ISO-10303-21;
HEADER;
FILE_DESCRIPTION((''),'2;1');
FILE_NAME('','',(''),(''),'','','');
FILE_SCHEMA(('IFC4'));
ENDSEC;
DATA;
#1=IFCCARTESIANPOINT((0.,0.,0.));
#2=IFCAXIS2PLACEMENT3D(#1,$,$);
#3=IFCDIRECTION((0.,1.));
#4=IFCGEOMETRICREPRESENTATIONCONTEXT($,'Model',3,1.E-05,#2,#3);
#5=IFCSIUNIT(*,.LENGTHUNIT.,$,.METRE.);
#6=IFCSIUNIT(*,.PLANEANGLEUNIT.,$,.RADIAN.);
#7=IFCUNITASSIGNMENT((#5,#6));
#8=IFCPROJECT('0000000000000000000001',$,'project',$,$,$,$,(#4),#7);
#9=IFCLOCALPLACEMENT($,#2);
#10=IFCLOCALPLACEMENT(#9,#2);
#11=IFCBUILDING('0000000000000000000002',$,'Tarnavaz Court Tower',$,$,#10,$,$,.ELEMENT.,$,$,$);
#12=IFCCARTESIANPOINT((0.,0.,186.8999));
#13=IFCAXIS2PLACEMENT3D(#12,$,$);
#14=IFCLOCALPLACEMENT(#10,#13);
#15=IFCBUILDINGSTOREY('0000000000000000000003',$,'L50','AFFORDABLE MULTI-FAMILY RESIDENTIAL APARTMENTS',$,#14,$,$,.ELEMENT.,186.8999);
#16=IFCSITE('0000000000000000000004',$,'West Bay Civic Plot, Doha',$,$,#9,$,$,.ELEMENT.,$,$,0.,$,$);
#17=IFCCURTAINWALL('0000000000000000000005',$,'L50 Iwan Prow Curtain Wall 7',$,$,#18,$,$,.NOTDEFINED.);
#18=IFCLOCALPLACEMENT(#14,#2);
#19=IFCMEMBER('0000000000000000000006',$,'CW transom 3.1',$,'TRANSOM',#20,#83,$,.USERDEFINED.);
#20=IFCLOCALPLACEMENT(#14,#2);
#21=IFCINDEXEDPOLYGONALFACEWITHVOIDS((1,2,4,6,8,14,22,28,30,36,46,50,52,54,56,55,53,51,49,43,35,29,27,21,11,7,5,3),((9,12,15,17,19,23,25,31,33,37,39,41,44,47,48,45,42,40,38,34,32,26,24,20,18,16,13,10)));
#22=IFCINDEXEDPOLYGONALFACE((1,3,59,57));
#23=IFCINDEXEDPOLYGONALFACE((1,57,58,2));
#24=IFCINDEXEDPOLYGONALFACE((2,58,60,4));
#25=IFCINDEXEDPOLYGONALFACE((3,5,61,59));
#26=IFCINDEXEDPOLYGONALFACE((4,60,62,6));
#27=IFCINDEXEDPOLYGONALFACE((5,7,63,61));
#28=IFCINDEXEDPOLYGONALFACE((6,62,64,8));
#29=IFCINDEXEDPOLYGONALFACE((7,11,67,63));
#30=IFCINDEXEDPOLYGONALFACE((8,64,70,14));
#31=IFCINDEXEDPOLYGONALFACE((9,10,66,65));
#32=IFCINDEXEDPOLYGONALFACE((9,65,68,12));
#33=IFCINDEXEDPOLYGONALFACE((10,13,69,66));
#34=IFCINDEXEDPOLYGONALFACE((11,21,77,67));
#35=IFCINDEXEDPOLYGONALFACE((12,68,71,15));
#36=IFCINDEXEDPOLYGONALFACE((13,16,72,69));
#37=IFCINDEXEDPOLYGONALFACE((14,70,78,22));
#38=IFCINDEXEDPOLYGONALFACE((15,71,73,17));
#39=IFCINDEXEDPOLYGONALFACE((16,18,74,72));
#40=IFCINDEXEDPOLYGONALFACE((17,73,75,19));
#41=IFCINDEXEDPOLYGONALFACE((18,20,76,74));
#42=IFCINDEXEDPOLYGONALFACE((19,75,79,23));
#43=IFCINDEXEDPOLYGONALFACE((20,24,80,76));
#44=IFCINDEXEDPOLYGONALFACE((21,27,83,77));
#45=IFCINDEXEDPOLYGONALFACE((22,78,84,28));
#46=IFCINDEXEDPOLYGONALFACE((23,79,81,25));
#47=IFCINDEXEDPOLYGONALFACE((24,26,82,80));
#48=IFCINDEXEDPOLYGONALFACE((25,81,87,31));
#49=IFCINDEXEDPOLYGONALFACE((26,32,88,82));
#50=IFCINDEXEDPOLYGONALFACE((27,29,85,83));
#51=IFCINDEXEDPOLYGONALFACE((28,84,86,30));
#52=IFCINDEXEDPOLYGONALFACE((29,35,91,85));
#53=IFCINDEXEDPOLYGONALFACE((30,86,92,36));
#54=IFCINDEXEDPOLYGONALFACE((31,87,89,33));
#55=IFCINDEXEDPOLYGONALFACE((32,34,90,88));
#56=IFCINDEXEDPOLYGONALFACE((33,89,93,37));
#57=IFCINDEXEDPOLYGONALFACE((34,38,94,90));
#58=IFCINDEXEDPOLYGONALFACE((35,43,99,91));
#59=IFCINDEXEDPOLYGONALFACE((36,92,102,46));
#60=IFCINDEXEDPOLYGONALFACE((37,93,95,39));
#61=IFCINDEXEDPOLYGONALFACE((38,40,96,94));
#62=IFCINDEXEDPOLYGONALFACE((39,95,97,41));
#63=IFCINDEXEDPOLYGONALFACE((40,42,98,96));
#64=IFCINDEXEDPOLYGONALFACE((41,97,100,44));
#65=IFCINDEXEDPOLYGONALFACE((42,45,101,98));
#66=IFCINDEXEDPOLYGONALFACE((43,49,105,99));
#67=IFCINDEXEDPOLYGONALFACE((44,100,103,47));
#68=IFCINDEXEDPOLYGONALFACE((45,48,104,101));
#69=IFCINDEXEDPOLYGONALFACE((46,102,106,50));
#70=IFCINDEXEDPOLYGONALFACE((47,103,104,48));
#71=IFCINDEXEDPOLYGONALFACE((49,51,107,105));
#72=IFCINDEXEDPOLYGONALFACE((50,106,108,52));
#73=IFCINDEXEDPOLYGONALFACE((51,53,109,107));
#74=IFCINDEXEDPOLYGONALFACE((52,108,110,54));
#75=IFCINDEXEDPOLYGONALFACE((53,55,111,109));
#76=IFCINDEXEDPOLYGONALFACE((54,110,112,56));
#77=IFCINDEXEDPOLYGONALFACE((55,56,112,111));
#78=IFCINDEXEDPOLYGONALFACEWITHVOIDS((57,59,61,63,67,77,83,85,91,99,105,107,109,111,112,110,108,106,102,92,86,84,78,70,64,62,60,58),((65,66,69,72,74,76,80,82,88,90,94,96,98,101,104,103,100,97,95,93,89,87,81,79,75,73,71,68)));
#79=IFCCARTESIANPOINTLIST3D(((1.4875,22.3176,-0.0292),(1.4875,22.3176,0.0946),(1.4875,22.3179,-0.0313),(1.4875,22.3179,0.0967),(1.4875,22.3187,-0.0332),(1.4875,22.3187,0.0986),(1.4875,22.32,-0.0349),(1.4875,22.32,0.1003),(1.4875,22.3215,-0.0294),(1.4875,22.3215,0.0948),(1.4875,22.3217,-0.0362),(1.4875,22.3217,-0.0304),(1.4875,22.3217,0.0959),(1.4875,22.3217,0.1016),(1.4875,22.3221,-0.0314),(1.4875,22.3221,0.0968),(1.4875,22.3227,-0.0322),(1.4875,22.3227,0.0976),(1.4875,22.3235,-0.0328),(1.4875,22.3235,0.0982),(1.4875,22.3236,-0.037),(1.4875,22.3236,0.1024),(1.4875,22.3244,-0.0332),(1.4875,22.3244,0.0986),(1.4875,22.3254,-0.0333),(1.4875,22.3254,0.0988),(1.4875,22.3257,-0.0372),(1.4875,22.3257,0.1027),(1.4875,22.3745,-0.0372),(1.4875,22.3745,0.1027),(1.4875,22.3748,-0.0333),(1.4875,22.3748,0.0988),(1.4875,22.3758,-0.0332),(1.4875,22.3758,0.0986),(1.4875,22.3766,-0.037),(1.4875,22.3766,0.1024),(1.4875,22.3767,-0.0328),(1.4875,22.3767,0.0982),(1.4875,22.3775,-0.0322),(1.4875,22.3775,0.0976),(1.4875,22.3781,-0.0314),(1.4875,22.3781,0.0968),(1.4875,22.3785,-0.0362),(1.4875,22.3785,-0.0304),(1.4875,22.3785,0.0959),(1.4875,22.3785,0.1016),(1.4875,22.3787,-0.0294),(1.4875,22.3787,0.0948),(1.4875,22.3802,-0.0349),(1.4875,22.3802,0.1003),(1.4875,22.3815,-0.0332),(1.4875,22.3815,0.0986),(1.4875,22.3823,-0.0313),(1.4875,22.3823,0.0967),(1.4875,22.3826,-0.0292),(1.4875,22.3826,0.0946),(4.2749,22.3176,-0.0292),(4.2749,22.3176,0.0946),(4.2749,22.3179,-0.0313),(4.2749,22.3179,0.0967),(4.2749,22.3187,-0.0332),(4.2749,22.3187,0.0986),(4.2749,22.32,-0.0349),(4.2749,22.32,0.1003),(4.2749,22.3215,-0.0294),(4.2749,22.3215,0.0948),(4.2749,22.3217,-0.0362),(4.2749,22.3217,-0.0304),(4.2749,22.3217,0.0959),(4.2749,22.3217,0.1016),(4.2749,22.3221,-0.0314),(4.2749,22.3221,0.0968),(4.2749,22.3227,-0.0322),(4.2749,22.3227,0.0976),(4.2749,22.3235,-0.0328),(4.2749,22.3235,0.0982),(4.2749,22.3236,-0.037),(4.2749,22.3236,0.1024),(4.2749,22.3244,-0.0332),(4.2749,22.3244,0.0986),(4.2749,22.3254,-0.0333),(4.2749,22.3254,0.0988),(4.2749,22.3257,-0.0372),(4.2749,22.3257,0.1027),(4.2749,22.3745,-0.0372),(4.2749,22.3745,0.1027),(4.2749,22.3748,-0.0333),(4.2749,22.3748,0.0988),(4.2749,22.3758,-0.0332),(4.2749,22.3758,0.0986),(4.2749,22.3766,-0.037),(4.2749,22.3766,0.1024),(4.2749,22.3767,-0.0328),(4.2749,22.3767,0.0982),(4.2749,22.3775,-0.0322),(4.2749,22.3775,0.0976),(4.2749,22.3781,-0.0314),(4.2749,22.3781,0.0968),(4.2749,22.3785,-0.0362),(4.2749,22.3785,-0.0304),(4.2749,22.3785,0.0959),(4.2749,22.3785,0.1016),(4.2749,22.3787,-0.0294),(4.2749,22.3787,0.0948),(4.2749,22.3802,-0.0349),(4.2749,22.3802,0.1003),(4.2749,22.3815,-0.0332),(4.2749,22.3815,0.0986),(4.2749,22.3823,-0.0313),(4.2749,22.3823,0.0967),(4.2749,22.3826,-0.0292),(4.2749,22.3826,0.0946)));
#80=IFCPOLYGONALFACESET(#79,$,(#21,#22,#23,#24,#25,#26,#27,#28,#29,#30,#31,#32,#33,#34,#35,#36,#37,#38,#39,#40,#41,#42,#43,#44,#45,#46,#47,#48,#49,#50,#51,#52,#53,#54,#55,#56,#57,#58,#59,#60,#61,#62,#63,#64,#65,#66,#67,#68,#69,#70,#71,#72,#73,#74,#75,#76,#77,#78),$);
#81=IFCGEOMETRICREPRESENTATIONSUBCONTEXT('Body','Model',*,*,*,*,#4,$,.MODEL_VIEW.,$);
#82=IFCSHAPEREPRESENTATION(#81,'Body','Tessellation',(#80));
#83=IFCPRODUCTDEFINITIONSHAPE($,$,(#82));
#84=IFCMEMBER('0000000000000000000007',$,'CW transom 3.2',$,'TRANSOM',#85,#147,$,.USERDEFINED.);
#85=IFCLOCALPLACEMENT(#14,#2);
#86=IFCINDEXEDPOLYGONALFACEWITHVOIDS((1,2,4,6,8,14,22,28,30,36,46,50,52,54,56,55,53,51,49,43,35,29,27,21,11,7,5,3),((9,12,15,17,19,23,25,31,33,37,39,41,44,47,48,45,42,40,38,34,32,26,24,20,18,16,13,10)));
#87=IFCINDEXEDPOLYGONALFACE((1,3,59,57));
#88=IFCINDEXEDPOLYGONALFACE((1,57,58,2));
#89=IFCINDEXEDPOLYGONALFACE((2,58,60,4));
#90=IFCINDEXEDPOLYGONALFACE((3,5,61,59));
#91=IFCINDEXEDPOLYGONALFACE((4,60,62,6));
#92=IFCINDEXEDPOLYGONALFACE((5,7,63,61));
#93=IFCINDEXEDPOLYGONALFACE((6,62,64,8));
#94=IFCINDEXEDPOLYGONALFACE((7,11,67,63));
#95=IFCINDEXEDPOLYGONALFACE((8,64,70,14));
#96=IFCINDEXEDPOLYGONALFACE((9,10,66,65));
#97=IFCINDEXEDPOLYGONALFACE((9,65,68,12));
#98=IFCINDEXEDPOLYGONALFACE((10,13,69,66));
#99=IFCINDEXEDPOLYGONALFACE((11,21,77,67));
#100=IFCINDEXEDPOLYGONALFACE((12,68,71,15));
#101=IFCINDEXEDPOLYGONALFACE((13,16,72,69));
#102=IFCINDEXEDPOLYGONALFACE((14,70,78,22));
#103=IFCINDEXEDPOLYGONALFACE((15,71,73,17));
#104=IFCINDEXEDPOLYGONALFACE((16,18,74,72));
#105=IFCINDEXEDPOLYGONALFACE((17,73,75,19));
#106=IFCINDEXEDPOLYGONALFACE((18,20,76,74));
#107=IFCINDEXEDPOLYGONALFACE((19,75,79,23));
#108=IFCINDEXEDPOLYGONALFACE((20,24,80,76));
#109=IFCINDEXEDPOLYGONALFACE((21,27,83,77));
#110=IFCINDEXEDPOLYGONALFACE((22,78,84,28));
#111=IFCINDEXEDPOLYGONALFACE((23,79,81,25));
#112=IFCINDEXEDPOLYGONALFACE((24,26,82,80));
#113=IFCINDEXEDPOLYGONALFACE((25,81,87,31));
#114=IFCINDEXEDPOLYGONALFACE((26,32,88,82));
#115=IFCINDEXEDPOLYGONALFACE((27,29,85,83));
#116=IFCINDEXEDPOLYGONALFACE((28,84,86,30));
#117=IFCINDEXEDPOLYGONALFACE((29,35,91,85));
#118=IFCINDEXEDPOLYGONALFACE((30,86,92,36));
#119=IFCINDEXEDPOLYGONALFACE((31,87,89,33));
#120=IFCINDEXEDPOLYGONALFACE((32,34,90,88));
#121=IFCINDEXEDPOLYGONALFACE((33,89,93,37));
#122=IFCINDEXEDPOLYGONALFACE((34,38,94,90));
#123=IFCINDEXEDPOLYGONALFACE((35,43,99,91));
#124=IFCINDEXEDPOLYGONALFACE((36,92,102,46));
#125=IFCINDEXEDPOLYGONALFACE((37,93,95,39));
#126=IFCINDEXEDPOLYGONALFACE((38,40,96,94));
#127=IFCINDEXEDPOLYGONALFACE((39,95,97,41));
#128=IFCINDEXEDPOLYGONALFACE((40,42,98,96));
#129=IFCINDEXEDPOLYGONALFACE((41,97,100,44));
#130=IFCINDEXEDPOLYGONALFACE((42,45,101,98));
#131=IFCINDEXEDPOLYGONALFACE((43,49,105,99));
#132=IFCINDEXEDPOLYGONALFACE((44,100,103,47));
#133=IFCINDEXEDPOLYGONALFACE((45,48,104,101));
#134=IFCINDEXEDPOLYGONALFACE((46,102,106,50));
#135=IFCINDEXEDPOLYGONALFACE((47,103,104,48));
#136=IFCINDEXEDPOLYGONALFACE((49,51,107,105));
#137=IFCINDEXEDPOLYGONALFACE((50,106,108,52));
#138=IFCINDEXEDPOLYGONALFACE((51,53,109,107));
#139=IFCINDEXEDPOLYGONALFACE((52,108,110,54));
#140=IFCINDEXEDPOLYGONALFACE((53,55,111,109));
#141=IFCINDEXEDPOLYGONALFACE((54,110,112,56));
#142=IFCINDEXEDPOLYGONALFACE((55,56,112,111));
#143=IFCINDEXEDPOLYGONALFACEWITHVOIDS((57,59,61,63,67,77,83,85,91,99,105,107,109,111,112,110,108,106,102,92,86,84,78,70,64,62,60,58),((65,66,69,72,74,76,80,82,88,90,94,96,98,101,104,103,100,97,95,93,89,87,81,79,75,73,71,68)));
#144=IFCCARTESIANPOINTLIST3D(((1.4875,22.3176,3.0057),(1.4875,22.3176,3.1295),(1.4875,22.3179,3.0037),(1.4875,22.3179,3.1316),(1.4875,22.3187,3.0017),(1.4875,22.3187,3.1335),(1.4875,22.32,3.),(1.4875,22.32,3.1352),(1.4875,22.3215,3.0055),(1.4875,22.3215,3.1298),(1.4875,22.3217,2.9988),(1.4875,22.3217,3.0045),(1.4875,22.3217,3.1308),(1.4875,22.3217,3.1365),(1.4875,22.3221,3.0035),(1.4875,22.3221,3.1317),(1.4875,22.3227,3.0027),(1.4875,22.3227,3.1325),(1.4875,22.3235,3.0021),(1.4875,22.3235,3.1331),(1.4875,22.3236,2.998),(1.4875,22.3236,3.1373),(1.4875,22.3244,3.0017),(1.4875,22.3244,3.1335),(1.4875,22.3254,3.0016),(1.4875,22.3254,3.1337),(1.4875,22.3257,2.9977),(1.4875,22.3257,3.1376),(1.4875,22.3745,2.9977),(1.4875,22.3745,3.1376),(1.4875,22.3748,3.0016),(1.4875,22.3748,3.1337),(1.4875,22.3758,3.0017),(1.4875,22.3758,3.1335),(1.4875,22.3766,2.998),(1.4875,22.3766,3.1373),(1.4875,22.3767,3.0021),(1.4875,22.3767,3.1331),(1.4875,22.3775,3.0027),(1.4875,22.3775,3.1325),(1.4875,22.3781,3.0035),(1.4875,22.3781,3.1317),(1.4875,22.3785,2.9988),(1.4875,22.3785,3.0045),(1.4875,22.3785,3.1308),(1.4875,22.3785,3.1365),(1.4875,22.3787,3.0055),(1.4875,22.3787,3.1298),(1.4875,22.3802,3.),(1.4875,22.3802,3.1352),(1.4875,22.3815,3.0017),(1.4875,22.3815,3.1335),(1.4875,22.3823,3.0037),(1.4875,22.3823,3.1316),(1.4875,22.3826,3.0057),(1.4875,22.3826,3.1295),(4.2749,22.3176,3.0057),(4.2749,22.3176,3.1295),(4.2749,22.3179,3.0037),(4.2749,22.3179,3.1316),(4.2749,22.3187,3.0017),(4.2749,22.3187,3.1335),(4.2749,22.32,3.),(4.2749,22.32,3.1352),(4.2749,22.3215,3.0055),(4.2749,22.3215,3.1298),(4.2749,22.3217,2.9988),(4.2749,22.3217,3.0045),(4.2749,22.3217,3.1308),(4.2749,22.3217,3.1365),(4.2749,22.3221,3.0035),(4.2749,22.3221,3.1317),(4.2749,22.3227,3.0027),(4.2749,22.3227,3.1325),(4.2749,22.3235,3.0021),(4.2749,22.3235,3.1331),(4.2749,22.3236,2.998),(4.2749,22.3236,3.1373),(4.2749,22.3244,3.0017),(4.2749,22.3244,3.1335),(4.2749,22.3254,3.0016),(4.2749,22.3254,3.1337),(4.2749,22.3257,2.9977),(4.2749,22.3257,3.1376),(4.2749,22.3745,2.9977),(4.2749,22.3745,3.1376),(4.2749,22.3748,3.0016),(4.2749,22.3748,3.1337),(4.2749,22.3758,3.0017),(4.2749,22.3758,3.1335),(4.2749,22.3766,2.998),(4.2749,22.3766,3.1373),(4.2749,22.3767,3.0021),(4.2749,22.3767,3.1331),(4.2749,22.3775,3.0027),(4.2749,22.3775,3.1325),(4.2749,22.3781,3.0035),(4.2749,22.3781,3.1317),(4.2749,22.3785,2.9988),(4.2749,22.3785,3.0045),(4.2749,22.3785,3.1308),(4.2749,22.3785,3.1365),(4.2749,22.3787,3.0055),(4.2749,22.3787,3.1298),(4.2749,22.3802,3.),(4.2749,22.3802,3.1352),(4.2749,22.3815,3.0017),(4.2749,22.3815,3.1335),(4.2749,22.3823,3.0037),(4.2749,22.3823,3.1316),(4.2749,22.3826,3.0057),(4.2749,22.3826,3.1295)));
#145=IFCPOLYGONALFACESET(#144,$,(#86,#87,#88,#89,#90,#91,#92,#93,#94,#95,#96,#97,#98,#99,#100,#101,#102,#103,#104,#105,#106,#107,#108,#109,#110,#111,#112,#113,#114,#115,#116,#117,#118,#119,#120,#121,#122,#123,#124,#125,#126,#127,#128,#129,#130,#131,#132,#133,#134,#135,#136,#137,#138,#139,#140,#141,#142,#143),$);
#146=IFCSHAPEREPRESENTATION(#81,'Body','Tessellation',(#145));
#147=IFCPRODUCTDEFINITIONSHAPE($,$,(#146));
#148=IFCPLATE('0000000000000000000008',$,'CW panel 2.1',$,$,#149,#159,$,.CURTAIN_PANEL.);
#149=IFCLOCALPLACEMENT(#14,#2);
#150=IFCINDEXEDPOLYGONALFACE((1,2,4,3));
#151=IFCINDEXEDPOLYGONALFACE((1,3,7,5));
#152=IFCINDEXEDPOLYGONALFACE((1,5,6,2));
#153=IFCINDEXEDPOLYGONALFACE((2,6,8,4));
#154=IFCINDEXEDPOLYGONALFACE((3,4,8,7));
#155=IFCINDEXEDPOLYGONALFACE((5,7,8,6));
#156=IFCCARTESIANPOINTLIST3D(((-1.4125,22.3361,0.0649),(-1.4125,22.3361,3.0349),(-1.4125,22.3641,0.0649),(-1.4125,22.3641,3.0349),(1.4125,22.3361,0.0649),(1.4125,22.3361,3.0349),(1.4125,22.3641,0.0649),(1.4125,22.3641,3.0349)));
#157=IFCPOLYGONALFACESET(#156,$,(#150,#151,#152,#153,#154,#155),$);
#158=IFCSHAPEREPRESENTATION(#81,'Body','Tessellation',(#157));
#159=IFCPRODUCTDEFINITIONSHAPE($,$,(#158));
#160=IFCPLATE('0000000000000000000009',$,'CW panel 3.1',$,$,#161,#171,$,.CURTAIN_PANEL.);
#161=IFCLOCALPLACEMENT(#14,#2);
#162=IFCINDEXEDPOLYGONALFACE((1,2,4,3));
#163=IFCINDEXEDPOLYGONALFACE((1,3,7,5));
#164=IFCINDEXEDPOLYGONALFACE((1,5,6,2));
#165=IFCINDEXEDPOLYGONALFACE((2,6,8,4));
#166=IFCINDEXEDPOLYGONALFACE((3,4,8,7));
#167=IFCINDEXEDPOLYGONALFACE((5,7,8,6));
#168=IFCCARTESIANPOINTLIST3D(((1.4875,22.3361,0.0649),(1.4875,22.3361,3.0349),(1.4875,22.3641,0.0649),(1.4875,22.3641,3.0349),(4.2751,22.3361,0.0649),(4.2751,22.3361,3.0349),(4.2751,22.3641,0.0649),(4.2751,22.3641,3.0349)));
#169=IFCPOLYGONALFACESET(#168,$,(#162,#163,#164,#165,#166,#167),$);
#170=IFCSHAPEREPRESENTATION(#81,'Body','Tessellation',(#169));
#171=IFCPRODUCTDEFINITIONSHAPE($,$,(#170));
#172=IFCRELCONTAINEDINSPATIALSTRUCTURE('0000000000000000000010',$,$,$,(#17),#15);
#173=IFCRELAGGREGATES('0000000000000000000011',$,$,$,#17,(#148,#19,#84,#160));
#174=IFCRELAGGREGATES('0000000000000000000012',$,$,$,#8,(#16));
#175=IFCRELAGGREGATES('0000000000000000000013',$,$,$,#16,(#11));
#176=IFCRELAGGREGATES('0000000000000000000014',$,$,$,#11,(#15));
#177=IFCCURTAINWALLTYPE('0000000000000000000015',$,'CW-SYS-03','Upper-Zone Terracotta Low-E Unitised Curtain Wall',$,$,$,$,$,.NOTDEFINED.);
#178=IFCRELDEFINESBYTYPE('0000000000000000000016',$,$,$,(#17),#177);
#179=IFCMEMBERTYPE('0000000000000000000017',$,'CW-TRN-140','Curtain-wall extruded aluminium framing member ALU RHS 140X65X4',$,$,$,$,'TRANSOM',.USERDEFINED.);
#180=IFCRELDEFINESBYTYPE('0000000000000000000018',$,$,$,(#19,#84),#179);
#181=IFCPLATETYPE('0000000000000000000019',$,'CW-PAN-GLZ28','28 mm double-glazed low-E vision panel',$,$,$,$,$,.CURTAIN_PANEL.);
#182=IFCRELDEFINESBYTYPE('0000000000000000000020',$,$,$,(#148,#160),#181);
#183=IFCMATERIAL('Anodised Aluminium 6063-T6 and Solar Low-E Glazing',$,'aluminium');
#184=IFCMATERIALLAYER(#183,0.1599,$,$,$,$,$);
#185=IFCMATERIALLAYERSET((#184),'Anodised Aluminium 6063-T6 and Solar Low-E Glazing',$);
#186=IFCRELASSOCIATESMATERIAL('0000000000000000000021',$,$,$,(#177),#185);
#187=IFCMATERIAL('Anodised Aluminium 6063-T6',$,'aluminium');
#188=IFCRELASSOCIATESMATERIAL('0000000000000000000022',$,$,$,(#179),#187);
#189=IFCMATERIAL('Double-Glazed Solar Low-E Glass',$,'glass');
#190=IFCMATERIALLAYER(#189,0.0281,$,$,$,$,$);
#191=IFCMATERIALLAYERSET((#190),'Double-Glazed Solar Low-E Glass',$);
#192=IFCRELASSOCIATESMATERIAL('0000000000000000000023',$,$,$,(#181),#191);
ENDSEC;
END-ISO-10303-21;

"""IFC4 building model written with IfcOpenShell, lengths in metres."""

from ifc_helpers import new_model, si_unit, direction, frame, origin, origin_2d, place, context, subcontext, project, spatial, rectangle, hollow_rectangle, extrude, material, layer, layer_set, material_profile, profile_set, type_object, element, aggregate, save


model = new_model("IFC4")

# Units and contexts
model_context = context("Model", 3, precision=1e-05, world=origin(), true_north=direction((0.0, 1.0)))
body_context = subcontext(model_context, "Body", "Model", "MODEL_VIEW")
ifc_project = project(units=[si_unit("LENGTHUNIT", "METRE"), si_unit("PLANEANGLEUNIT", "RADIAN")], contexts=[model_context])

# Site, building, storey
site_placement = place(None, origin())
site = spatial("IfcSite", under=ifc_project, at=site_placement, Name="West Bay Civic Plot, Doha", CompositionType="ELEMENT", RefElevation=0.0)
building_placement = place(site_placement, origin())
building = spatial("IfcBuilding", under=site, at=building_placement, Name="Tarnavaz Court Tower", CompositionType="ELEMENT")
storey_placement = place(building_placement, frame((0.0, 0.0, 186.8999)))
storey = spatial("IfcBuildingStorey", under=building, at=storey_placement, Name="L50", Description="AFFORDABLE MULTI-FAMILY RESIDENTIAL APARTMENTS", CompositionType="ELEMENT", Elevation=186.8999)

# Curtain wall, members, plates
ifc_material_1 = material(Name="Anodised Aluminium 6063-T6 and Solar Low-E Glazing", Category="aluminium")
ifc_layer_1 = layer(ifc_material_1, 0.1599)
ifc_layer_set_1 = layer_set([ifc_layer_1], Name="Anodised Aluminium 6063-T6 and Solar Low-E Glazing")
curtain_wall_type = type_object("IfcCurtainWallType", Name="CW-SYS-03", Description="Upper-Zone Terracotta Low-E Unitised Curtain Wall", PredefinedType="NOTDEFINED", material=ifc_layer_set_1)
curtain_wall_placement = place(storey_placement, origin())
curtain_wall = element("IfcCurtainWall", 1, at=curtain_wall_placement, inside=storey, type_object=curtain_wall_type, Name="L50 Iwan Prow Curtain Wall 7", PredefinedType="NOTDEFINED")
ifc_material_2 = material(Name="Anodised Aluminium 6063-T6", Category="aluminium")
ifc_material_profile_1 = material_profile(ifc_material_2, hollow_rectangle(XDim=0.0649, YDim=0.1399, WallThickness=0.0039, InnerFilletRadius=0.0039, OuterFilletRadius=0.0081, at=origin_2d()), Name="ALU RHS 140X65X4")
ifc_profile_set_1 = profile_set([ifc_material_profile_1], Name="Anodised Aluminium 6063-T6")
member_type_1 = type_object("IfcMemberType", Name="CW-TRN-140", Description="Curtain-wall extruded aluminium framing member ALU RHS 140X65X4", ElementType="TRANSOM", PredefinedType="USERDEFINED", material=ifc_profile_set_1)
member_1_placement = place(storey_placement, frame((1.4875, 22.3501, 0.0327), z_axis=(1.0, 0.0, 0.0), x_axis=(0.0, 1.0, 0.0)))
member_1 = element("IfcMember", 2, at=member_1_placement, type_object=member_type_1, Name="CW transom 3.1", ObjectType="TRANSOM", PredefinedType="USERDEFINED", context=body_context, shape_type="SweptSolid", body=[
    extrude(hollow_rectangle(XDim=0.0649, YDim=0.1399, WallThickness=0.0039, InnerFilletRadius=0.0039, OuterFilletRadius=0.0081, at=origin_2d()), origin(), (0.0, 0.0, 1.0), 2.7874),
])
member_2_placement = place(storey_placement, frame((1.4875, 22.3501, 3.0676), z_axis=(1.0, 0.0, 0.0), x_axis=(0.0, 1.0, 0.0)))
member_2 = element("IfcMember", 3, at=member_2_placement, type_object=member_type_1, Name="CW transom 3.2", ObjectType="TRANSOM", PredefinedType="USERDEFINED", context=body_context, shape_type="SweptSolid", body=[
    extrude(hollow_rectangle(XDim=0.0649, YDim=0.1399, WallThickness=0.0039, InnerFilletRadius=0.0039, OuterFilletRadius=0.0081, at=origin_2d()), origin(), (0.0, 0.0, 1.0), 2.7874),
])
ifc_material_3 = material(Name="Double-Glazed Solar Low-E Glass", Category="glass")
ifc_layer_2 = layer(ifc_material_3, 0.0281)
ifc_layer_set_2 = layer_set([ifc_layer_2], Name="Double-Glazed Solar Low-E Glass")
plate_type = type_object("IfcPlateType", Name="CW-PAN-GLZ28", Description="28 mm double-glazed low-E vision panel", PredefinedType="CURTAIN_PANEL", material=ifc_layer_set_2)
plate_1_placement = place(storey_placement, frame((0.0, 22.3501, 0.0649), z_axis=(0.0, 0.0, 1.0), x_axis=(1.0, 0.0, 0.0)))
plate_1 = element("IfcPlate", 4, at=plate_1_placement, type_object=plate_type, Name="CW panel 2.1", PredefinedType="CURTAIN_PANEL", context=body_context, shape_type="SweptSolid", body=[
    extrude(rectangle(XDim=2.825, YDim=0.0281, at=origin_2d()), origin(), (0.0, 0.0, 1.0), 2.97),
])
plate_2_placement = place(storey_placement, frame((2.8813, 22.3501, 0.0649), z_axis=(0.0, 0.0, 1.0), x_axis=(1.0, 0.0, 0.0)))
plate_2 = element("IfcPlate", 5, at=plate_2_placement, type_object=plate_type, Name="CW panel 3.1", PredefinedType="CURTAIN_PANEL", context=body_context, shape_type="SweptSolid", body=[
    extrude(rectangle(XDim=2.7876, YDim=0.0281, at=origin_2d()), origin(), (0.0, 0.0, 1.0), 2.97),
])
aggregate(curtain_wall, [plate_1, member_1, member_2, plate_2])

save(model, "model.ifc")
